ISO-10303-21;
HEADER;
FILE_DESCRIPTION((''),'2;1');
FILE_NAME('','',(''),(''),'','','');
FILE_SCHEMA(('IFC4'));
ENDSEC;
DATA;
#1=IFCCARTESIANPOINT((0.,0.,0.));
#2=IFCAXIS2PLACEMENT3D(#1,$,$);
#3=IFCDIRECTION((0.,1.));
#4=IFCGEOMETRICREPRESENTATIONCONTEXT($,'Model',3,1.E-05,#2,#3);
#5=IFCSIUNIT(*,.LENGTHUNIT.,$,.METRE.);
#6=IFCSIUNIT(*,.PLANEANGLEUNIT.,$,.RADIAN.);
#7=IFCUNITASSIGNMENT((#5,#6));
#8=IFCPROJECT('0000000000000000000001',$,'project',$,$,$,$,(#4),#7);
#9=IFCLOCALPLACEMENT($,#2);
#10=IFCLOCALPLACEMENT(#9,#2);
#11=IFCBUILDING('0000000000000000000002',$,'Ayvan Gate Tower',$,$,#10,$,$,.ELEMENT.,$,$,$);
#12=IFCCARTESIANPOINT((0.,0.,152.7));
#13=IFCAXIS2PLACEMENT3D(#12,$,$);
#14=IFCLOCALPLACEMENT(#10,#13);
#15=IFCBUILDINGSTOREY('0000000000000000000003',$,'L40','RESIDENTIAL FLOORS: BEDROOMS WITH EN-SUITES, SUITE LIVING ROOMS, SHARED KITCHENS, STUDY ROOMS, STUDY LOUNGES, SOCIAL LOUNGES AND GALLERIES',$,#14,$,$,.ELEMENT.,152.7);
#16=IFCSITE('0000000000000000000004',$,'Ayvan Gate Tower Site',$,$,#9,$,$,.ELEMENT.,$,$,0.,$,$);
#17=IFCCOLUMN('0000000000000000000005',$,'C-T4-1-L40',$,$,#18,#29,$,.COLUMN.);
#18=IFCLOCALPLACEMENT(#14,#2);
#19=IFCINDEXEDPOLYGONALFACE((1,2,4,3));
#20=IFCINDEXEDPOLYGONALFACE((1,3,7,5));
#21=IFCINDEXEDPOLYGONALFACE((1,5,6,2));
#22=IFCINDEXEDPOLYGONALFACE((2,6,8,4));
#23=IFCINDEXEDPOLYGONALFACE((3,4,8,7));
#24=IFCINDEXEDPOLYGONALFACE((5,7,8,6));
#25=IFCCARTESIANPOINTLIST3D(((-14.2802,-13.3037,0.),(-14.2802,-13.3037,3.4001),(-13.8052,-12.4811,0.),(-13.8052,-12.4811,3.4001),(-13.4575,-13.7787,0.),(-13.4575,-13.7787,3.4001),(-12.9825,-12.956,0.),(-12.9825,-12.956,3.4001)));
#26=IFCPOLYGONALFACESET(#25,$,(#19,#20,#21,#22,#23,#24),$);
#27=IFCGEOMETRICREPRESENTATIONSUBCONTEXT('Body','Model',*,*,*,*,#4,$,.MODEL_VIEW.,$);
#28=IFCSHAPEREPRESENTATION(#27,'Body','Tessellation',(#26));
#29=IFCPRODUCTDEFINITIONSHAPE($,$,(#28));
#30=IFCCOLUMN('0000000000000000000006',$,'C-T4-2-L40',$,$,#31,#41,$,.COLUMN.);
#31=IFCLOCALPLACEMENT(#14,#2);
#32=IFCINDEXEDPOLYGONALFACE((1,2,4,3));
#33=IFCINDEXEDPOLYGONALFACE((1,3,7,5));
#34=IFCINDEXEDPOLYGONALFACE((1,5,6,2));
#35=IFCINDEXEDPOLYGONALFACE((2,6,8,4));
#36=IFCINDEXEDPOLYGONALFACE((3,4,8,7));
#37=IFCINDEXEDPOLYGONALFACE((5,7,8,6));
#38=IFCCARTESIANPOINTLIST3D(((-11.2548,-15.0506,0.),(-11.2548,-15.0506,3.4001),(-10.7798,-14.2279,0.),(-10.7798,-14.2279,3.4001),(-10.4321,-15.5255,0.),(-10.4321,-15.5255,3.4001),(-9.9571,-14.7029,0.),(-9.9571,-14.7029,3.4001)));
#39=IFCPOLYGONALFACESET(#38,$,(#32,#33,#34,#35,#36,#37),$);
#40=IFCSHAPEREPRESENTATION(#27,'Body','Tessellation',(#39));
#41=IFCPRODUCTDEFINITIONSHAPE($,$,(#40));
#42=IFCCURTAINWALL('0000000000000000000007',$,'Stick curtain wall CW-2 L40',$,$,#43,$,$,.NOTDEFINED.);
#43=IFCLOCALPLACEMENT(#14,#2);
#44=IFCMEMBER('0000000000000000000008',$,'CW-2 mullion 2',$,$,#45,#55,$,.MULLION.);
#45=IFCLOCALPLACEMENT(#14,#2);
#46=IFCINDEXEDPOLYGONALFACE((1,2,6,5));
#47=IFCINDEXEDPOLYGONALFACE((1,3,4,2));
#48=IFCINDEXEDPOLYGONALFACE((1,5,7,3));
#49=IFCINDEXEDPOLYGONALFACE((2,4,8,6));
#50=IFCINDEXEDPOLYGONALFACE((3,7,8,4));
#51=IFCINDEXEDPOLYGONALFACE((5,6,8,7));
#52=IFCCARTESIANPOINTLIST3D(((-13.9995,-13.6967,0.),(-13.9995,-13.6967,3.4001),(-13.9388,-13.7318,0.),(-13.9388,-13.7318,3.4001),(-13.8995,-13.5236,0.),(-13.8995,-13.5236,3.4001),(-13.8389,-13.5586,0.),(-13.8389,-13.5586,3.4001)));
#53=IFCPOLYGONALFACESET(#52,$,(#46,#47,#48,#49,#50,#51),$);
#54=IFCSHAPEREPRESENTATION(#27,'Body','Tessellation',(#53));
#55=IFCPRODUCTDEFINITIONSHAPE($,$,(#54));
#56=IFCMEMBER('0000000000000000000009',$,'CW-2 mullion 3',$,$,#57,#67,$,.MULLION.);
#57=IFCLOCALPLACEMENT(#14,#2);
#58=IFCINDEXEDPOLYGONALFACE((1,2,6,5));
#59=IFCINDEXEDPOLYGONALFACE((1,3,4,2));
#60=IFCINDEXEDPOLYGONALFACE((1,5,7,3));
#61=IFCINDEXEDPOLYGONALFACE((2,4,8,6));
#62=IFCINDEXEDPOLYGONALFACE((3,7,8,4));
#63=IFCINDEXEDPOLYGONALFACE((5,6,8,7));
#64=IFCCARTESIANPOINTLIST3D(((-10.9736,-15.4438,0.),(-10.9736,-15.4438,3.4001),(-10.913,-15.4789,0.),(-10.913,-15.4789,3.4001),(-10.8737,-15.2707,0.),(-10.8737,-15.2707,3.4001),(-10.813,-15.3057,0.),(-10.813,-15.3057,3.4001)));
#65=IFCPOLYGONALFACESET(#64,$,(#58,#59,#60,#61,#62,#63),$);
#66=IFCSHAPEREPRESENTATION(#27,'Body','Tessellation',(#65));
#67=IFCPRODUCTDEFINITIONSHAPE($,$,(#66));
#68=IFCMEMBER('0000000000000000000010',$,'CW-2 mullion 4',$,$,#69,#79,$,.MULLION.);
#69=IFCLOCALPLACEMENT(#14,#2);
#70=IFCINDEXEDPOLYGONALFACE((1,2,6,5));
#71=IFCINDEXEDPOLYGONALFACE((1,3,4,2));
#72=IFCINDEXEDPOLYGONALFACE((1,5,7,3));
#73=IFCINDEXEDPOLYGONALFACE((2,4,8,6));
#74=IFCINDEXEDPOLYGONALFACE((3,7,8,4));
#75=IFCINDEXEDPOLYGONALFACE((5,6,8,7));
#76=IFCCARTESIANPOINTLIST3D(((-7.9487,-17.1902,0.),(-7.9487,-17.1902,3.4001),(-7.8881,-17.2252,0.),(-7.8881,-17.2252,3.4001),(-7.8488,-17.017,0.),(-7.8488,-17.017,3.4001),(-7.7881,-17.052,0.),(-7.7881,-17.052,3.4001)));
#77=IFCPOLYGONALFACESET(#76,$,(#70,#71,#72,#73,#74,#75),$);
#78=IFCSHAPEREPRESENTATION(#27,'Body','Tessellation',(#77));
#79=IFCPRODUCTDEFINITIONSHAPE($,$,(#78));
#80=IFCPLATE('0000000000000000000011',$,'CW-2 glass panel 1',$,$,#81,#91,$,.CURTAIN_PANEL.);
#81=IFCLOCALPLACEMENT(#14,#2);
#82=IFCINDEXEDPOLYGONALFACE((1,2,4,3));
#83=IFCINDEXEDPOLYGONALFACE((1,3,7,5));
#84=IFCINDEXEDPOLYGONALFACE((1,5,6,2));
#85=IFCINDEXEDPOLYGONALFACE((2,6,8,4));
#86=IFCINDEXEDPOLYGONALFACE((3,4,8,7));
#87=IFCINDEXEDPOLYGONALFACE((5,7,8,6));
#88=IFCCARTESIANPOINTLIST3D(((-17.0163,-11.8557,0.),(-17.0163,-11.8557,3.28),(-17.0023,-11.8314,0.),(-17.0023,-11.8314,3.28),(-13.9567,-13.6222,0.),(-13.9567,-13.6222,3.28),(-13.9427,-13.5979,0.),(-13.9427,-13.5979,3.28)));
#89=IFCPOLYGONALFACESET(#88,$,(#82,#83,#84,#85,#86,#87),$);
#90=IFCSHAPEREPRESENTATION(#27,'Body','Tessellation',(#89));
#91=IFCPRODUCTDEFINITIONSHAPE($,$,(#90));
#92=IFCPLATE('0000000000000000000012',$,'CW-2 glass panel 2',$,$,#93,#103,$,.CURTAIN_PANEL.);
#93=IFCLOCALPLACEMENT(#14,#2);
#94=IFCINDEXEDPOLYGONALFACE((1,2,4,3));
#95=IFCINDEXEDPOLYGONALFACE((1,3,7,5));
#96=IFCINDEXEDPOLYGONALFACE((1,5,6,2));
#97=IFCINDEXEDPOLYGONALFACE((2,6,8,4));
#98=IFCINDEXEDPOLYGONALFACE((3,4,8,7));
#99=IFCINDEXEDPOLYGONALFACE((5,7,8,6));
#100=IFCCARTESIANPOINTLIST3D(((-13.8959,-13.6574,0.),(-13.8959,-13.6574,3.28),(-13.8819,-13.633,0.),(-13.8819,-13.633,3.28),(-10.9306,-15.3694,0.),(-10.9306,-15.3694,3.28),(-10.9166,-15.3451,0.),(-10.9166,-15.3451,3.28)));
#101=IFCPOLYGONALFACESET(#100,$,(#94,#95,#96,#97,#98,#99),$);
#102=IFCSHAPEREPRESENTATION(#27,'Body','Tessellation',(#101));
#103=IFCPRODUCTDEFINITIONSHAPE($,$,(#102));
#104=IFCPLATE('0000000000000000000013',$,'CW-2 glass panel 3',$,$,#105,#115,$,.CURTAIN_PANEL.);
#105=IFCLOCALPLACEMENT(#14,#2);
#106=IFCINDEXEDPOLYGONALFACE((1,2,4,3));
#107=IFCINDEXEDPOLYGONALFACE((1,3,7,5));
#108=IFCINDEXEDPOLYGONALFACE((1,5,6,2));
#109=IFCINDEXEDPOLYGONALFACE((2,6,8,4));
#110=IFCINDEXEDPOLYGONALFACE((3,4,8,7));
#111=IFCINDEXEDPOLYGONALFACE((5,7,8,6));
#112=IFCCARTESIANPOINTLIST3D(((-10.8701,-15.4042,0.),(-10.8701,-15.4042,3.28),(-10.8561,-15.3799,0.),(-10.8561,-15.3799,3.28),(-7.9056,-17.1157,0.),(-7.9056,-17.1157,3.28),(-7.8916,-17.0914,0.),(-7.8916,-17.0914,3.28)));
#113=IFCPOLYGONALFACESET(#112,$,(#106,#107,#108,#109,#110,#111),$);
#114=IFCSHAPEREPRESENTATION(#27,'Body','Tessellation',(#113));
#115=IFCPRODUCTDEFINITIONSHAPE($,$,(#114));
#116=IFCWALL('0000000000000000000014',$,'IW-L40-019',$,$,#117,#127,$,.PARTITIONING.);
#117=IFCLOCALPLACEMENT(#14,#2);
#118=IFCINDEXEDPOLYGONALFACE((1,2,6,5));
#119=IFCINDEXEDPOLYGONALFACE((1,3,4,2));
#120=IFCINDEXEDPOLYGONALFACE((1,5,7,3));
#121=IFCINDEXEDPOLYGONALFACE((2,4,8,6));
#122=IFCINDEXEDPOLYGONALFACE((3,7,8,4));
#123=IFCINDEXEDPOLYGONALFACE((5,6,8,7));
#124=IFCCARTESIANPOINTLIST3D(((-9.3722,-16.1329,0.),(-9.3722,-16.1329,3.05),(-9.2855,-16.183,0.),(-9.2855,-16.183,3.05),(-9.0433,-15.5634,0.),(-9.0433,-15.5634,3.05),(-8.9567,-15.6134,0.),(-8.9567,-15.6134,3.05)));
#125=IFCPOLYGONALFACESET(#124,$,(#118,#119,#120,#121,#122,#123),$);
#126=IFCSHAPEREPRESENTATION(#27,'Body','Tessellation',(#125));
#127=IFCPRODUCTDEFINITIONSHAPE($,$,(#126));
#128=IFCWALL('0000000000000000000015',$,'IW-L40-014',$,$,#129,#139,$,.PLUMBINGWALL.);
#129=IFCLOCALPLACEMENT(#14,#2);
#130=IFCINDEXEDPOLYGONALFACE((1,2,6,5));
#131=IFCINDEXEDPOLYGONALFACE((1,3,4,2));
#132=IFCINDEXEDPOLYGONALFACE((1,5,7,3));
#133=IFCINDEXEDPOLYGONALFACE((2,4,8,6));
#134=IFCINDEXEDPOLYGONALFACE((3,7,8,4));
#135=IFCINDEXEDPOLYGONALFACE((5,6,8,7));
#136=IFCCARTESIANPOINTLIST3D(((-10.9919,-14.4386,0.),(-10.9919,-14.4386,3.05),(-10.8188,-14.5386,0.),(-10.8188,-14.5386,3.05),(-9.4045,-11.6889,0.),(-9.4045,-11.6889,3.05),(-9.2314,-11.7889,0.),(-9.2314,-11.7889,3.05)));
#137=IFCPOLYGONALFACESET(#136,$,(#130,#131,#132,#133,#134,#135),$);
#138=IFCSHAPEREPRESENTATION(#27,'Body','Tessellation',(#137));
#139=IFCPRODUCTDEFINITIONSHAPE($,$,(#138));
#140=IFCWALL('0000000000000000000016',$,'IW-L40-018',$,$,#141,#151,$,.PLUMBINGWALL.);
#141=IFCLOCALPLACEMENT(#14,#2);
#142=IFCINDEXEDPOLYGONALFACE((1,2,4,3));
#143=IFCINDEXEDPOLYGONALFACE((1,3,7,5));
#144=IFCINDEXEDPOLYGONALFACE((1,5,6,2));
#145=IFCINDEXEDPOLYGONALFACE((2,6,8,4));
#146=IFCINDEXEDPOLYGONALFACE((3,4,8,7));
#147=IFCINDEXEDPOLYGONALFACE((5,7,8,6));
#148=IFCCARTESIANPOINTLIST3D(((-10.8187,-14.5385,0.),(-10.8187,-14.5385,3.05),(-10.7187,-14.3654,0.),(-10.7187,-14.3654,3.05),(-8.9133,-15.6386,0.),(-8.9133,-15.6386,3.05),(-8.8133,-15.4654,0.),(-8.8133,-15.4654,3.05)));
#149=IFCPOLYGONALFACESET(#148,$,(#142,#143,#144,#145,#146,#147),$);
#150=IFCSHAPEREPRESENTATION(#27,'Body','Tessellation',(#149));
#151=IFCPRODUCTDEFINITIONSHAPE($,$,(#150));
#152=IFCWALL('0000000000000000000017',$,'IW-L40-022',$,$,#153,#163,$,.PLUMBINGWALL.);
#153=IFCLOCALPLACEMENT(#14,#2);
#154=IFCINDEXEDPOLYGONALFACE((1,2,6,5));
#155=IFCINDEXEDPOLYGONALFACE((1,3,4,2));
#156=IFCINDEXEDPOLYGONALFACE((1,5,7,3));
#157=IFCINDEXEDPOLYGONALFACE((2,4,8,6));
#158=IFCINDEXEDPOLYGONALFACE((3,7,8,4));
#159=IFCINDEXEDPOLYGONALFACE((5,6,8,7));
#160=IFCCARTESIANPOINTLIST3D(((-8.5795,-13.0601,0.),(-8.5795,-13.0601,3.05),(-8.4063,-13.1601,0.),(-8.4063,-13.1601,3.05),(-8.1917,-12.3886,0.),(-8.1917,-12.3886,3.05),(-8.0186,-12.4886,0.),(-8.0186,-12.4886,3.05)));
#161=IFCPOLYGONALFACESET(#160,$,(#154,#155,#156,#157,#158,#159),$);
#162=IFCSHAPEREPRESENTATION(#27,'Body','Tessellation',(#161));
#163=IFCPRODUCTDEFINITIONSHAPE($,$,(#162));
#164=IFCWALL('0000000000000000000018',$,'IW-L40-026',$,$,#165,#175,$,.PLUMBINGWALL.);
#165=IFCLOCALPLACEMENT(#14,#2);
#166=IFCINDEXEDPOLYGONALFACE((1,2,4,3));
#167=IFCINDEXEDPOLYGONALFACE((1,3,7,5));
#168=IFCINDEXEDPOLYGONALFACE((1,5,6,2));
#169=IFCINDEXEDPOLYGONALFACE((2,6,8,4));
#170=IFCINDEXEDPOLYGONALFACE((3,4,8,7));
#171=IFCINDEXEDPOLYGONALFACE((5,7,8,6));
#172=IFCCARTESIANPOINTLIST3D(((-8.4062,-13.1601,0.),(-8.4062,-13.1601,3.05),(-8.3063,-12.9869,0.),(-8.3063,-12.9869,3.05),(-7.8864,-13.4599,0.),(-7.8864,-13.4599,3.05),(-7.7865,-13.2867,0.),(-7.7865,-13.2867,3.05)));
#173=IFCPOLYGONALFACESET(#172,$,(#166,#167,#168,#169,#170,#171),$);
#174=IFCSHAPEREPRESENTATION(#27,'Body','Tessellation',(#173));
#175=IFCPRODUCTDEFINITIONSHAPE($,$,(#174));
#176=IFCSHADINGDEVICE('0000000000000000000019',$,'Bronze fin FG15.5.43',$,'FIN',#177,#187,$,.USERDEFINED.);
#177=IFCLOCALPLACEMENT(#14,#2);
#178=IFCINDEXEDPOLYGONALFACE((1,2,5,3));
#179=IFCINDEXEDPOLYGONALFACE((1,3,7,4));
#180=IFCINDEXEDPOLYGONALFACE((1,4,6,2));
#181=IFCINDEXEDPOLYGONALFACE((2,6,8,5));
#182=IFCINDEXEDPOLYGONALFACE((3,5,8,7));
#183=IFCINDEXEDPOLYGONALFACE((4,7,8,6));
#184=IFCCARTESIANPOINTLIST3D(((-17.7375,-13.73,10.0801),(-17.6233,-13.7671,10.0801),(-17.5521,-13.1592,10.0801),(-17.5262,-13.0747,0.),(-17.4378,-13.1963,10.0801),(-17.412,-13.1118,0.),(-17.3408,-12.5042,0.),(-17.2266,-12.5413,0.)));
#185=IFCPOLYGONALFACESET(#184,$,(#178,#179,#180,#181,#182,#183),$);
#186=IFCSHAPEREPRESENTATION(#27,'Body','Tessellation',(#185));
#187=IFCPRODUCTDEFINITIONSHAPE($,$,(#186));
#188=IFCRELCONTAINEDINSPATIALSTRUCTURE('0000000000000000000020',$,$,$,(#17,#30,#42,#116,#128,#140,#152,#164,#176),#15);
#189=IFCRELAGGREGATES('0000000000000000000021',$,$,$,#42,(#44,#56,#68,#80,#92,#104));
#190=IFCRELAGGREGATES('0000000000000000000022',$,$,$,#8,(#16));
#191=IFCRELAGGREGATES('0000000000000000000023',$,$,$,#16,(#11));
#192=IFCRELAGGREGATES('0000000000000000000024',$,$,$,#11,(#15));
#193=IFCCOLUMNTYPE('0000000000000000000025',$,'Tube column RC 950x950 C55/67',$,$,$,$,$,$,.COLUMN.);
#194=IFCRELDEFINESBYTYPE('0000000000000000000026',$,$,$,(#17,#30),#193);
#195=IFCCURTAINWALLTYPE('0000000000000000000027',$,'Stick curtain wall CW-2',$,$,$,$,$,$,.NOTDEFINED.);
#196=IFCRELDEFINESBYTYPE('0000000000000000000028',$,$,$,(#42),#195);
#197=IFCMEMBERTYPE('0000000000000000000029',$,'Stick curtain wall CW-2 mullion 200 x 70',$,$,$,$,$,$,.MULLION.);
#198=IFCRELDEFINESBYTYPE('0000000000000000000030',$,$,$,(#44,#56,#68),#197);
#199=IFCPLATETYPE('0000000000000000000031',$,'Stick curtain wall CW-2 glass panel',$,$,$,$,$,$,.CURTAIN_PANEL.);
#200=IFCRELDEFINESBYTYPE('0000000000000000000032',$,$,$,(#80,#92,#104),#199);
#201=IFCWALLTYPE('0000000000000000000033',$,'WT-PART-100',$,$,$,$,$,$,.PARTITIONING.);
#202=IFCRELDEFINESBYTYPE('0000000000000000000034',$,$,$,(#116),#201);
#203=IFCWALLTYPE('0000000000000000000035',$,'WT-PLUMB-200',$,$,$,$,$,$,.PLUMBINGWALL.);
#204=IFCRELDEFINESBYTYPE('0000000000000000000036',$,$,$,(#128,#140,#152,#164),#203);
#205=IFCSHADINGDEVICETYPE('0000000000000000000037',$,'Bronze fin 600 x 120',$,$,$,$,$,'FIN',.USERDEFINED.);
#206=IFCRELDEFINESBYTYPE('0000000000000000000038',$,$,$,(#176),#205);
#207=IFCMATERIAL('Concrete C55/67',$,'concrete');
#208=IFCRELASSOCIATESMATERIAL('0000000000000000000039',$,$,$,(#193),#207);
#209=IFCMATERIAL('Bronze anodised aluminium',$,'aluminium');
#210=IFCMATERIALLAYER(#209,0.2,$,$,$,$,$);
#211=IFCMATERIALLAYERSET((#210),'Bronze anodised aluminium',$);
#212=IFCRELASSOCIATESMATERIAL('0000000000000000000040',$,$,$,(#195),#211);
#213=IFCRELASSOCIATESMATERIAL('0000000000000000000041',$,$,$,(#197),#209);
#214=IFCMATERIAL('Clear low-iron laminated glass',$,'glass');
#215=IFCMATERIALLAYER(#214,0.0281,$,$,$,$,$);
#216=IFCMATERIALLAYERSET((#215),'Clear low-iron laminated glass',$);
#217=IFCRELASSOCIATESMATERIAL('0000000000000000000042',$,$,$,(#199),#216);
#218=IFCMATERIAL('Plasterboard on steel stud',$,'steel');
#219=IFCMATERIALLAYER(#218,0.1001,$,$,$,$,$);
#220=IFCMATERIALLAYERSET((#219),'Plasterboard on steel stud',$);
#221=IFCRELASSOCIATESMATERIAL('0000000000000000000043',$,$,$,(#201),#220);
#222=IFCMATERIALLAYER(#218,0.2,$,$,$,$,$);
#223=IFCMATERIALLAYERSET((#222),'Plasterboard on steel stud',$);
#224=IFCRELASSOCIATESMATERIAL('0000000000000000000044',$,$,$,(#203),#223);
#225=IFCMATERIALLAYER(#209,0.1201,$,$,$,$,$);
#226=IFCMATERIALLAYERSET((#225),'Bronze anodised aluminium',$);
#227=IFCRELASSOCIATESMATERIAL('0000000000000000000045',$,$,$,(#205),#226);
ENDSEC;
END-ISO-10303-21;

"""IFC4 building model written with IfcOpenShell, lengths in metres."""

from ifc_helpers import new_model, si_unit, direction, frame, frame_2d, origin, origin_2d, place, context, subcontext, project, spatial, polyline, rectangle, outline, extrude, material, layer, layer_set, material_profile, profile_set, type_object, element, aggregate, save


model = new_model("IFC4")

# Units and contexts
model_context = context("Model", 3, precision=1e-05, world=origin(), true_north=direction((0.0, 1.0)))
body_context = subcontext(model_context, "Body", "Model", "MODEL_VIEW")
ifc_project = project(units=[si_unit("LENGTHUNIT", "METRE"), si_unit("PLANEANGLEUNIT", "RADIAN")], contexts=[model_context])

# Site, building, storey
site_placement = place(None, origin())
site = spatial("IfcSite", under=ifc_project, at=site_placement, Name="Ayvan Gate Tower Site", CompositionType="ELEMENT", RefElevation=0.0)
building_placement = place(site_placement, origin())
building = spatial("IfcBuilding", under=site, at=building_placement, Name="Ayvan Gate Tower", CompositionType="ELEMENT")
storey_placement = place(building_placement, frame((0.0, 0.0, 152.7)))
storey = spatial("IfcBuildingStorey", under=building, at=storey_placement, Name="L40", Description="RESIDENTIAL FLOORS: BEDROOMS WITH EN-SUITES, SUITE LIVING ROOMS, SHARED KITCHENS, STUDY ROOMS, STUDY LOUNGES, SOCIAL LOUNGES AND GALLERIES", CompositionType="ELEMENT", Elevation=152.7)

# Columns
ifc_material_1 = material(Name="Concrete C55/67", Category="concrete")
ifc_material_profile_1 = material_profile(ifc_material_1, rectangle(XDim=0.95, YDim=0.95, at=origin_2d()), Name="RC 950x950")
ifc_profile_set_1 = profile_set([ifc_material_profile_1], Name="Concrete C55/67")
column_type = type_object("IfcColumnType", Name="Tube column RC 950x950 C55/67", PredefinedType="COLUMN", material=ifc_profile_set_1)
for number, where, z_axis, x_axis, name in (
    (1, (-13.6313, -13.1299, 0.0), (0.0, 0.0, 1.0), (-0.5, -0.866025, 0.0), "C-T4-1-L40"),
    (2, (-10.606, -14.8767, 0.0), (0.0, 0.0, 1.0), (-0.5, -0.866025, 0.0), "C-T4-2-L40"),
):
    element("IfcColumn", number, at=place(storey_placement, frame(where, z_axis=z_axis, x_axis=x_axis)), inside=storey, type_object=column_type, Name=name, PredefinedType="COLUMN", context=body_context, shape_type="SweptSolid", body=[
        extrude(rectangle(XDim=0.95, YDim=0.95, at=origin_2d()), origin(), (0.0, 0.0, 1.0), 3.4001),
    ])

# Curtain wall, members, plates
ifc_material_2 = material(Name="Bronze anodised aluminium", Category="aluminium")
ifc_layer_1 = layer(ifc_material_2, 0.2)
ifc_layer_set_1 = layer_set([ifc_layer_1], Name="Bronze anodised aluminium")
curtain_wall_type = type_object("IfcCurtainWallType", Name="Stick curtain wall CW-2", PredefinedType="NOTDEFINED", material=ifc_layer_set_1)
curtain_wall_placement = place(storey_placement, origin())
curtain_wall = element("IfcCurtainWall", 3, at=curtain_wall_placement, inside=storey, type_object=curtain_wall_type, Name="Stick curtain wall CW-2 L40", PredefinedType="NOTDEFINED")
ifc_material_profile_2 = material_profile(ifc_material_2, rectangle(XDim=0.2, YDim=0.0701, at=origin_2d()), Name="Stick curtain wall CW-2 mullion 200 x 70")
ifc_profile_set_2 = profile_set([ifc_material_profile_2], Name="Bronze anodised aluminium")
member_type = type_object("IfcMemberType", Name="Stick curtain wall CW-2 mullion 200 x 70", PredefinedType="MULLION", material=ifc_profile_set_2)
member_1_placement = place(storey_placement, frame((-13.9192, -13.6277, 0.0), z_axis=(0.0, 0.0, 1.0), x_axis=(-0.5, -0.866025, 0.0)))
member_1 = element("IfcMember", 4, at=member_1_placement, type_object=member_type, Name="CW-2 mullion 2", PredefinedType="MULLION", context=body_context, shape_type="SweptSolid", body=[
    extrude(rectangle(XDim=0.2, YDim=0.0701, at=origin_2d()), origin(), (0.0, 0.0, 1.0), 3.4001),
])
member_2_placement = place(storey_placement, frame((-10.8933, -15.3748, 0.0), z_axis=(0.0, 0.0, 1.0), x_axis=(-0.5, -0.866025, 0.0)))
member_2 = element("IfcMember", 5, at=member_2_placement, type_object=member_type, Name="CW-2 mullion 3", PredefinedType="MULLION", context=body_context, shape_type="SweptSolid", body=[
    extrude(rectangle(XDim=0.2, YDim=0.0701, at=origin_2d()), origin(), (0.0, 0.0, 1.0), 3.4001),
])
member_3_placement = place(storey_placement, frame((-7.8684, -17.1211, 0.0), z_axis=(0.0, 0.0, 1.0), x_axis=(-0.5, -0.866025, 0.0)))
member_3 = element("IfcMember", 6, at=member_3_placement, type_object=member_type, Name="CW-2 mullion 4", PredefinedType="MULLION", context=body_context, shape_type="SweptSolid", body=[
    extrude(rectangle(XDim=0.2, YDim=0.0701, at=origin_2d()), origin(), (0.0, 0.0, 1.0), 3.4001),
])
ifc_material_3 = material(Name="Clear low-iron laminated glass", Category="glass")
ifc_layer_2 = layer(ifc_material_3, 0.0281)
ifc_layer_set_2 = layer_set([ifc_layer_2], Name="Clear low-iron laminated glass")
plate_type = type_object("IfcPlateType", Name="Stick curtain wall CW-2 glass panel", PredefinedType="CURTAIN_PANEL", material=ifc_layer_set_2)
plate_1_placement = place(storey_placement, frame((-15.4795, -12.7268, 0.0), z_axis=(0.0, 0.0, 1.0), x_axis=(0.866025, -0.5, 0.0)))
plate_1 = element("IfcPlate", 7, at=plate_1_placement, type_object=plate_type, Name="CW-2 glass panel 1", PredefinedType="CURTAIN_PANEL", context=body_context, shape_type="SweptSolid", body=[
    extrude(rectangle(XDim=3.533, YDim=0.0281, at=origin_2d()), origin(), (0.0, 0.0, 1.0), 3.28),
])
plate_2_placement = place(storey_placement, frame((-12.4062, -14.5012, 0.0), z_axis=(0.0, 0.0, 1.0), x_axis=(0.866025, -0.5, 0.0)))
plate_2 = element("IfcPlate", 8, at=plate_2_placement, type_object=plate_type, Name="CW-2 glass panel 2", PredefinedType="CURTAIN_PANEL", context=body_context, shape_type="SweptSolid", body=[
    extrude(rectangle(XDim=3.4241, YDim=0.0281, at=origin_2d()), origin(), (0.0, 0.0, 1.0), 3.28),
])
plate_3_placement = place(storey_placement, frame((-9.3809, -16.2478, 0.0), z_axis=(0.0, 0.0, 1.0), x_axis=(0.866025, -0.5, 0.0)))
plate_3 = element("IfcPlate", 9, at=plate_3_placement, type_object=plate_type, Name="CW-2 glass panel 3", PredefinedType="CURTAIN_PANEL", context=body_context, shape_type="SweptSolid", body=[
    extrude(rectangle(XDim=3.4231, YDim=0.0281, at=origin_2d()), origin(), (0.0, 0.0, 1.0), 3.28),
])
aggregate(curtain_wall, [member_1, member_2, member_3, plate_1, plate_2, plate_3])

# Walls
ifc_material_4 = material(Name="Plasterboard on steel stud", Category="steel")
ifc_layer_3 = layer(ifc_material_4, 0.1001)
ifc_layer_set_3 = layer_set([ifc_layer_3], Name="Plasterboard on steel stud")
wall_type_1 = type_object("IfcWallType", Name="WT-PART-100", PredefinedType="PARTITIONING", material=ifc_layer_set_3)
wall_1_placement = place(storey_placement, frame((-9.0, -15.5884, 0.0), z_axis=(0.0, 0.0, 1.0), x_axis=(-0.500012, -0.866019, 0.0)))
element("IfcWall", 10, at=wall_1_placement, inside=storey, type_object=wall_type_1, Name="IW-L40-019", PredefinedType="PARTITIONING", context=body_context, shape_type="SweptSolid", body=[
    extrude(rectangle(XDim=0.6577, YDim=0.1001, at=frame_2d((0.3289, 0.0))), origin(), (0.0, 0.0, 1.0), 3.05),
])
ifc_layer_4 = layer(ifc_material_4, 0.2)
ifc_layer_set_4 = layer_set([ifc_layer_4], Name="Plasterboard on steel stud")
wall_type_2 = type_object("IfcWallType", Name="WT-PLUMB-200", PredefinedType="PLUMBINGWALL", material=ifc_layer_set_4)
wall_2_placement = place(storey_placement, frame((-10.9053, -14.4885, 0.0), z_axis=(0.0, 0.0, 1.0), x_axis=(0.49996, 0.866049, 0.0)))
element("IfcWall", 11, at=wall_2_placement, inside=storey, type_object=wall_type_2, Name="IW-L40-014", PredefinedType="PLUMBINGWALL", context=body_context, shape_type="SweptSolid", body=[
    extrude(rectangle(XDim=3.175, YDim=0.2, at=frame_2d((1.5874, 0.0))), origin(), (0.0, 0.0, 1.0), 3.05),
])
wall_3_placement = place(storey_placement, frame((-8.8633, -15.552, 0.0), z_axis=(0.0, 0.0, 1.0), x_axis=(-0.866036, 0.499982, 0.0)))
element("IfcWall", 12, at=wall_3_placement, inside=storey, type_object=wall_type_2, Name="IW-L40-018", PredefinedType="PLUMBINGWALL", context=body_context, shape_type="SweptSolid", body=[
    extrude(rectangle(XDim=2.2002, YDim=0.2, at=frame_2d((1.1001, 0.0))), origin(), (0.0, 0.0, 1.0), 3.05),
])
wall_4_placement = place(storey_placement, frame((-8.4929, -13.1101, 0.0), z_axis=(0.0, 0.0, 1.0), x_axis=(0.500068, 0.865986, 0.0)))
element("IfcWall", 13, at=wall_4_placement, inside=storey, type_object=wall_type_2, Name="IW-L40-022", PredefinedType="PLUMBINGWALL", context=body_context, shape_type="SweptSolid", body=[
    extrude(rectangle(XDim=0.7754, YDim=0.2, at=frame_2d((0.3877, 0.0))), origin(), (0.0, 0.0, 1.0), 3.05),
])
wall_5_placement = place(storey_placement, frame((-7.8364, -13.3733, 0.0), z_axis=(0.0, 0.0, 1.0), x_axis=(-0.866233, 0.49964, 0.0)))
element("IfcWall", 14, at=wall_5_placement, inside=storey, type_object=wall_type_2, Name="IW-L40-026", PredefinedType="PLUMBINGWALL", context=body_context, shape_type="SweptSolid", body=[
    extrude(rectangle(XDim=0.6001, YDim=0.2, at=frame_2d((0.3, 0.0))), origin(), (0.0, 0.0, 1.0), 3.05),
])

# Shading device
ifc_layer_5 = layer(ifc_material_2, 0.1201)
ifc_layer_set_5 = layer_set([ifc_layer_5], Name="Bronze anodised aluminium")
shading_device_type = type_object("IfcShadingDeviceType", Name="Bronze fin 600 x 120", ElementType="FIN", PredefinedType="USERDEFINED", material=ifc_layer_set_5)
shading_device_1_placement = place(storey_placement, frame((-17.3408, -12.5042, 0.0), z_axis=(-0.951056, 0.309017, 0.000148), x_axis=(-0.309017, -0.951056, 0.0)))
element("IfcShadingDevice", 15, at=shading_device_1_placement, inside=storey, type_object=shading_device_type, Name="Bronze fin FG15.5.43", ObjectType="FIN", PredefinedType="USERDEFINED", context=body_context, shape_type="SweptSolid", body=[
    extrude(outline(polyline([(0.0, 0.0), (0.5999, 0.0), (1.2884, 10.0801), (0.6882, 10.0801), (0.0, 0.0)])), origin(), (0.0, 0.0, -1.0), 0.1201),
])

save(model, "model.ifc")
